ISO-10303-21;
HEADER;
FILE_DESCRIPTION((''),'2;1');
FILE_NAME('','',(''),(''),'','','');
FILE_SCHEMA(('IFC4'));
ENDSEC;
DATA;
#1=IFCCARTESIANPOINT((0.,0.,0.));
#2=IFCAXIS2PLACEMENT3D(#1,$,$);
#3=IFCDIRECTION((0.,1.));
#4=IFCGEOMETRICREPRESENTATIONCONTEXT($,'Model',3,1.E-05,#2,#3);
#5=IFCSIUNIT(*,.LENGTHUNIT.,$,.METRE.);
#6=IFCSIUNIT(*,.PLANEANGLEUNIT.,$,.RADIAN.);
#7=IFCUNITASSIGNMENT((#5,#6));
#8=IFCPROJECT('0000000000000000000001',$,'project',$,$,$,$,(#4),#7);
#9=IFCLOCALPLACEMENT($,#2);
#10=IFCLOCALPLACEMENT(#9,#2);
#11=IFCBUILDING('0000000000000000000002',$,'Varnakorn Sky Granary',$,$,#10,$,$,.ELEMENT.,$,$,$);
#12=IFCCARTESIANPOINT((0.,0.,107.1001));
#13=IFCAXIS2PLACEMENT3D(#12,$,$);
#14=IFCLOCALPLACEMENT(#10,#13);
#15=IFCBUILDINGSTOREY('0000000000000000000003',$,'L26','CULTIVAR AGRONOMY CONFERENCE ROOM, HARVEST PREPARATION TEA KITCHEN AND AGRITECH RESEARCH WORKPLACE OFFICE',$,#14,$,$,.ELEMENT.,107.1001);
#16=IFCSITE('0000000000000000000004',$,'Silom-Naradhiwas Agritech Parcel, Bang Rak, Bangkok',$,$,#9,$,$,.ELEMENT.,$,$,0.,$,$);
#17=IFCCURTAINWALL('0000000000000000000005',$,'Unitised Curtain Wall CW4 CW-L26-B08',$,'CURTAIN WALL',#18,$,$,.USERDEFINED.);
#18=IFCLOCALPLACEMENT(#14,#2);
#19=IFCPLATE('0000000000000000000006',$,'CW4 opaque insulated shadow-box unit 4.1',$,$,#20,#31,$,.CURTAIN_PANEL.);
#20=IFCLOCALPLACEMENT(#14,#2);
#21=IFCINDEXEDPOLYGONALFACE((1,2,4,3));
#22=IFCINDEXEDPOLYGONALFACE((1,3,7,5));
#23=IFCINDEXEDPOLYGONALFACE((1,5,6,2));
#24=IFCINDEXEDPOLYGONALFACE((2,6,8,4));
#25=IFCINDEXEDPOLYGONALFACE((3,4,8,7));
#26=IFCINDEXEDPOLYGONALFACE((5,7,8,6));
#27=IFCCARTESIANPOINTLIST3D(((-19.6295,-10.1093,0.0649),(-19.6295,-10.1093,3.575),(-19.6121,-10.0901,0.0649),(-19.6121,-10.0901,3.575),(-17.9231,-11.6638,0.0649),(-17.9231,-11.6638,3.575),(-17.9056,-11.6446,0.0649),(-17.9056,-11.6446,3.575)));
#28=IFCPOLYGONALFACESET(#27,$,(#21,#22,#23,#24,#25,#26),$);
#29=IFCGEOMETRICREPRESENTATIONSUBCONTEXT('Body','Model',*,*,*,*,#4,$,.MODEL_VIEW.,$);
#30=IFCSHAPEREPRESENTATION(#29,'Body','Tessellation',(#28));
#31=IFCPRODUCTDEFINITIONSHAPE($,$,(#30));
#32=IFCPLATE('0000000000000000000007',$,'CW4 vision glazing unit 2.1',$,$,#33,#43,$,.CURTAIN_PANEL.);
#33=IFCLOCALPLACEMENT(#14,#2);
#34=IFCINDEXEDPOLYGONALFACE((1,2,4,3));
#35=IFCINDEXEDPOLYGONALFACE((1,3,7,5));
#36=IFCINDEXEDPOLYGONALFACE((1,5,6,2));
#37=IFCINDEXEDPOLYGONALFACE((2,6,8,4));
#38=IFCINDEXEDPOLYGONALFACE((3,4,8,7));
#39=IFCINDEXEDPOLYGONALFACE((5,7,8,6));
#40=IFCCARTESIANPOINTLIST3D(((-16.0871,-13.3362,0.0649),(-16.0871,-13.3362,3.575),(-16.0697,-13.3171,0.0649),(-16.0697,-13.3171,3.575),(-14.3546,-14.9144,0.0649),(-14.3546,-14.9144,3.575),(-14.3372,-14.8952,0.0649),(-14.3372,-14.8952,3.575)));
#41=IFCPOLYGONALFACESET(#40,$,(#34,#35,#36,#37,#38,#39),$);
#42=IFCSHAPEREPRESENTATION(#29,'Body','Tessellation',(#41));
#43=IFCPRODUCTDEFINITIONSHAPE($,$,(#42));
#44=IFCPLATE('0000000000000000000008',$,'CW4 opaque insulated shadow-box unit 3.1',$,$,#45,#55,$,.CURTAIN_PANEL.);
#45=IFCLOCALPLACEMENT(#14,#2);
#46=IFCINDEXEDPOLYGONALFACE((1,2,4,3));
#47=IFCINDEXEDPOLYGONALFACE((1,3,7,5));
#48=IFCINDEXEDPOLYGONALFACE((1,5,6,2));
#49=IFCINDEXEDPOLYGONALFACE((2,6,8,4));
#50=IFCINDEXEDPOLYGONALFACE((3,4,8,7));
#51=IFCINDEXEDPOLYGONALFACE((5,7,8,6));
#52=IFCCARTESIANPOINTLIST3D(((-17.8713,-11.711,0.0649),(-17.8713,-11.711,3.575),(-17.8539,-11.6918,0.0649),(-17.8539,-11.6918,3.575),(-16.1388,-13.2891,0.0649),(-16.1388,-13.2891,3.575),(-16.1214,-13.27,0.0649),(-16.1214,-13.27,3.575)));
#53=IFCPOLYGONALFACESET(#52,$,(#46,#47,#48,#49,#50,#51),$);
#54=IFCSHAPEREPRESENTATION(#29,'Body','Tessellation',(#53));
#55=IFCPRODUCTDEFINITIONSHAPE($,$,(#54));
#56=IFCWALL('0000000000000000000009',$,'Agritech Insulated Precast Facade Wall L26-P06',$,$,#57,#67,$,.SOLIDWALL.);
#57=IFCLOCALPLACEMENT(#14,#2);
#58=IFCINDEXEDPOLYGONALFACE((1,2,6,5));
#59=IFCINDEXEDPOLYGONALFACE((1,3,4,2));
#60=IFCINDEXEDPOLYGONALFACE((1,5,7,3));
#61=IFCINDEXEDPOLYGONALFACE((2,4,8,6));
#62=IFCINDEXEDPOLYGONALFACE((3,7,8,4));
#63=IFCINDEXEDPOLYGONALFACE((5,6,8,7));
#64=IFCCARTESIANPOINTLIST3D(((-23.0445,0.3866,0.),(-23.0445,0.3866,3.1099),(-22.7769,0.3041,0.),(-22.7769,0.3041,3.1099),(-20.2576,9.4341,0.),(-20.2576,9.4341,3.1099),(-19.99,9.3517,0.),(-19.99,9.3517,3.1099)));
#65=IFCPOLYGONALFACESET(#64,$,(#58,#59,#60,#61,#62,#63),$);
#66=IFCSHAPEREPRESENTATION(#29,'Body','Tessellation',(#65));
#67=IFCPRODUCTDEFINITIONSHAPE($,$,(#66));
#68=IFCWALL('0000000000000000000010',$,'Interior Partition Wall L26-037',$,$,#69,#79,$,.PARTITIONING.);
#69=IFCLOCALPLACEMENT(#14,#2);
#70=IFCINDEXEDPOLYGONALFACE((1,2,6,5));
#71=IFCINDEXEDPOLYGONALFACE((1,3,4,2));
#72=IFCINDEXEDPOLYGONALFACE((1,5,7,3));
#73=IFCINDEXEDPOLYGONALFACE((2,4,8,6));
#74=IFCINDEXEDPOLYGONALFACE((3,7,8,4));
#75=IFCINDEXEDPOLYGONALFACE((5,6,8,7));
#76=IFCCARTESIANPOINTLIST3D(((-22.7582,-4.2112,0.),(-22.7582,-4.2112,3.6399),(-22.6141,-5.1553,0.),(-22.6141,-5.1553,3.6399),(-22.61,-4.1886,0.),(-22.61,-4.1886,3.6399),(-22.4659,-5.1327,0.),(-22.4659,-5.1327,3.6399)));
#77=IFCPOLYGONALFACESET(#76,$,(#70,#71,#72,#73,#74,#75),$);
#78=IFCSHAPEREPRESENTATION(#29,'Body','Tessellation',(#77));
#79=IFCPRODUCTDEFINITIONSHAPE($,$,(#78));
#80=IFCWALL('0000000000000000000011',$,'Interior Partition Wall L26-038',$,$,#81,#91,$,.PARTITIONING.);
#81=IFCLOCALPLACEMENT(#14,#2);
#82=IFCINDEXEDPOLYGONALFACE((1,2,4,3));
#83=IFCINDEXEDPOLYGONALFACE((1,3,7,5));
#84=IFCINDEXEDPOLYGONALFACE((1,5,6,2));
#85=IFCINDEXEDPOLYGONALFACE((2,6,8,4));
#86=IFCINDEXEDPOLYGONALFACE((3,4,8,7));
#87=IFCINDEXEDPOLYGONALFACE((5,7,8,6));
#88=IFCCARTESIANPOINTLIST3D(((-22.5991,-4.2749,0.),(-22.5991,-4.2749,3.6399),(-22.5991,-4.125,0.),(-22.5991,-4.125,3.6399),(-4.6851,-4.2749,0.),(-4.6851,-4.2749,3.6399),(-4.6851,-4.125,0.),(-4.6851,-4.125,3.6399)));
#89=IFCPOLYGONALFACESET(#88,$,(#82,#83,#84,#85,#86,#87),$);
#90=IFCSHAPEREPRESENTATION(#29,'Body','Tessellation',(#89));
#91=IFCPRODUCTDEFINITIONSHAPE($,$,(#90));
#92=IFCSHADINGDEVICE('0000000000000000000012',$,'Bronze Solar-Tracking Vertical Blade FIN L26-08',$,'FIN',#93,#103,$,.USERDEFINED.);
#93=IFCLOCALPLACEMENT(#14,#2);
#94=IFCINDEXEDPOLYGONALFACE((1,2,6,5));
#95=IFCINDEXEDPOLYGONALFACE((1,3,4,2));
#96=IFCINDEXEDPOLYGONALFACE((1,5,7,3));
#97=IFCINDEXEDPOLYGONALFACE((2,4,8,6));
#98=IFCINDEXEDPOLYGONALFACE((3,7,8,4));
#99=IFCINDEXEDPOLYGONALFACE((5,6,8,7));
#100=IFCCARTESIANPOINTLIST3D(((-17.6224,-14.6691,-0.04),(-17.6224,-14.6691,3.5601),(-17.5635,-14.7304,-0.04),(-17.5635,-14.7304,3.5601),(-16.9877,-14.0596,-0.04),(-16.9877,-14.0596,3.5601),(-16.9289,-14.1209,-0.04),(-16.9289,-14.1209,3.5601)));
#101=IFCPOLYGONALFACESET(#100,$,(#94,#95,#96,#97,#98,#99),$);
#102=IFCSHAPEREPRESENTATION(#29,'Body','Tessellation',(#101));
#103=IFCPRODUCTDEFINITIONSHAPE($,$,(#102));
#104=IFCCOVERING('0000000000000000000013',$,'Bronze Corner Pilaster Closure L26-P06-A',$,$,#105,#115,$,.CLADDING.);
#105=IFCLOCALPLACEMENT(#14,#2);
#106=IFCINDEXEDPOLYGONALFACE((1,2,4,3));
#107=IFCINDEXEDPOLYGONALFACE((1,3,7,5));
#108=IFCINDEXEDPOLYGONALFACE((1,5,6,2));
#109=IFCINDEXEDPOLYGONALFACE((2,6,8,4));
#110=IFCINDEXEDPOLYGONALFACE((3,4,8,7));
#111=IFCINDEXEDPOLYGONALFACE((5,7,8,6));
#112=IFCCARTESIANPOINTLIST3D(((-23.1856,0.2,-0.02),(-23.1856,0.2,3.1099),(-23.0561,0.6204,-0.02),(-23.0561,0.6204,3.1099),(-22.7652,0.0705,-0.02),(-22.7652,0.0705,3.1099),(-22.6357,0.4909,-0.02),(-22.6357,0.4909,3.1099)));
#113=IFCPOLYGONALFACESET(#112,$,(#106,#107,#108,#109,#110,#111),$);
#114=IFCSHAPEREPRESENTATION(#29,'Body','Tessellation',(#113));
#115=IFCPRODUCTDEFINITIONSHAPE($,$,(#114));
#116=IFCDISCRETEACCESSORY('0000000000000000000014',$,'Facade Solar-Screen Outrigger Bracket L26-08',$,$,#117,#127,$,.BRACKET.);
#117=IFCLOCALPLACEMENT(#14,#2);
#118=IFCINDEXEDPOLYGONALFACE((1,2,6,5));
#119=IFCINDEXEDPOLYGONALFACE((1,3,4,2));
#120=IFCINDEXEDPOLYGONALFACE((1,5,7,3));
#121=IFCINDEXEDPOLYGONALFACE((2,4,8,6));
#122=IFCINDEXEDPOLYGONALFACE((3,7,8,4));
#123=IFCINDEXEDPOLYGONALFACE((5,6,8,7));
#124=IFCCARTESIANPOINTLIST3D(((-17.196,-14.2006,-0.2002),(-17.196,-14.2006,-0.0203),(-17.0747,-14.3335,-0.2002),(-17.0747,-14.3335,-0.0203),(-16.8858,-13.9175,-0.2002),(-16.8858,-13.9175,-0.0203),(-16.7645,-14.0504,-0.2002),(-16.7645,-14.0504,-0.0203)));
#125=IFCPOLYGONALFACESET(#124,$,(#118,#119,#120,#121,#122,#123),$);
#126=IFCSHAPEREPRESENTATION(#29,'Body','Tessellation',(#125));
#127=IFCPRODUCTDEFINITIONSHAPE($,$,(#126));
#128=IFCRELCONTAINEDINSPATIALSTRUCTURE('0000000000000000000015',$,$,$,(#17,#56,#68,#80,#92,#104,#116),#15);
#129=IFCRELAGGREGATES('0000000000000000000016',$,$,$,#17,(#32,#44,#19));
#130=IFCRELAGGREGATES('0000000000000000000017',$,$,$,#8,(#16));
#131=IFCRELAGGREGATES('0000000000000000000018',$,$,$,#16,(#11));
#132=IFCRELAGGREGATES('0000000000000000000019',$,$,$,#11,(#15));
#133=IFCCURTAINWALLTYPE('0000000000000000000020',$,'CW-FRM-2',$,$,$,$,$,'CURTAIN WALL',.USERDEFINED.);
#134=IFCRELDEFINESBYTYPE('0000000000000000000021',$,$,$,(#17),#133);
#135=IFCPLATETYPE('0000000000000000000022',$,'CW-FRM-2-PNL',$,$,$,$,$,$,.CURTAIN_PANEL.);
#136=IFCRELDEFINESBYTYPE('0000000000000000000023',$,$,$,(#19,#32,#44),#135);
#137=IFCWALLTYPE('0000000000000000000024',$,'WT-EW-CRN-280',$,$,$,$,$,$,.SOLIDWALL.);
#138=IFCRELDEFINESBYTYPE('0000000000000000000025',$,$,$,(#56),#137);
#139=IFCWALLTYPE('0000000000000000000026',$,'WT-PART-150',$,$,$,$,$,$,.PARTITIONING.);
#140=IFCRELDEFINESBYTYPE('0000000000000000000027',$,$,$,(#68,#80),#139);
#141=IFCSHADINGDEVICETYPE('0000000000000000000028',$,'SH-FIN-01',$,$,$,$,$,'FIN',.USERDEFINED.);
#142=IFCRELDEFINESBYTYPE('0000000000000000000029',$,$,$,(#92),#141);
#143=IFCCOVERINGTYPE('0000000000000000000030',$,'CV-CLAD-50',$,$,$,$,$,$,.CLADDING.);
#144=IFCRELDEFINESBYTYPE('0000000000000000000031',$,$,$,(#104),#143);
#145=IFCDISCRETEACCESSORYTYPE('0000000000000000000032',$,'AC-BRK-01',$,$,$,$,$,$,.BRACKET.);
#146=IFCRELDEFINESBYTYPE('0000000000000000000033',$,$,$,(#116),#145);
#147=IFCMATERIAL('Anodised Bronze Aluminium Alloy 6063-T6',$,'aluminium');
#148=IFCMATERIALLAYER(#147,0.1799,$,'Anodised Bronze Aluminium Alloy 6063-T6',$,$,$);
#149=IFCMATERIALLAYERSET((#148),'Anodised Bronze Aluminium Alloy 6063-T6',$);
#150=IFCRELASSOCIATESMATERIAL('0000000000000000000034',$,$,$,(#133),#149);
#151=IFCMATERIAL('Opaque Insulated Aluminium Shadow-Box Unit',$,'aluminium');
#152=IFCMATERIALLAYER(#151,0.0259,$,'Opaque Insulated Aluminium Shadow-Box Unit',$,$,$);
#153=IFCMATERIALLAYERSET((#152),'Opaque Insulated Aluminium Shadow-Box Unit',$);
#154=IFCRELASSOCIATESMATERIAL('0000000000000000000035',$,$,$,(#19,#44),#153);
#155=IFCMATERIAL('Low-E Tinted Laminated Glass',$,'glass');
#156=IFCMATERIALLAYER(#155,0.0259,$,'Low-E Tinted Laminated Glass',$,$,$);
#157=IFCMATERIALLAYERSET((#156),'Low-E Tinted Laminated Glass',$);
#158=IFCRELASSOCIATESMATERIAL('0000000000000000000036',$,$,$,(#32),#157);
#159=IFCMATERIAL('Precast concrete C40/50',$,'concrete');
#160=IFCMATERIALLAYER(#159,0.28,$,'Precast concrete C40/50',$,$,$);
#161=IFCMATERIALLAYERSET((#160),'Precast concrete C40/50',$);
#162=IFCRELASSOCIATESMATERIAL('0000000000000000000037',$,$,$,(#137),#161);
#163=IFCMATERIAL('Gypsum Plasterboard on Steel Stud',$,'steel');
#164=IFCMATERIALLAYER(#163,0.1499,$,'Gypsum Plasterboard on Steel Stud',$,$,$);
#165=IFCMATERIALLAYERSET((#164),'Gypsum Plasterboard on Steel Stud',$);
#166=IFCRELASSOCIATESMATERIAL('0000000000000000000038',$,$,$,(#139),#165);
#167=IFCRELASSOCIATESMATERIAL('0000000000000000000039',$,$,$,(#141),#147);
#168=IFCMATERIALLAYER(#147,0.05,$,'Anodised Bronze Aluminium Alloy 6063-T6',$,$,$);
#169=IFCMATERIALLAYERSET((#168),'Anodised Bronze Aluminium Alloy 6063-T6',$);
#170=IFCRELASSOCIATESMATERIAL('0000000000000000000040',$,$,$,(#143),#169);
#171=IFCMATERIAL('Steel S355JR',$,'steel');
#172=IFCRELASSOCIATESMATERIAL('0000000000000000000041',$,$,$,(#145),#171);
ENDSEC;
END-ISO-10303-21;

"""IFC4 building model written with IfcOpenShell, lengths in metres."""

from ifc_helpers import new_model, si_unit, direction, frame, frame_2d, origin, origin_2d, place, context, subcontext, project, spatial, rectangle, extrude, source, transform, mapped, material, layer, layer_set, type_object, type_shapes, element, aggregate, save


model = new_model("IFC4")

# Units and contexts
model_context = context("Model", 3, precision=1e-05, world=origin(), true_north=direction((0.0, 1.0)))
body_context = subcontext(model_context, "Body", "Model", "MODEL_VIEW")
ifc_project = project(units=[si_unit("LENGTHUNIT", "METRE"), si_unit("PLANEANGLEUNIT", "RADIAN")], contexts=[model_context])

# Site, building, storey
site_placement = place(None, origin())
site = spatial("IfcSite", under=ifc_project, at=site_placement, Name="Silom-Naradhiwas Agritech Parcel, Bang Rak, Bangkok", CompositionType="ELEMENT", RefElevation=0.0)
building_placement = place(site_placement, origin())
building = spatial("IfcBuilding", under=site, at=building_placement, Name="Varnakorn Sky Granary", CompositionType="ELEMENT")
storey_placement = place(building_placement, frame((0.0, 0.0, 107.1001)))
storey = spatial("IfcBuildingStorey", under=building, at=storey_placement, Name="L26", Description="CULTIVAR AGRONOMY CONFERENCE ROOM, HARVEST PREPARATION TEA KITCHEN AND AGRITECH RESEARCH WORKPLACE OFFICE", CompositionType="ELEMENT", Elevation=107.1001)

# Shared definitions
ifc_material_1 = material(Name="Steel S355JR", Category="steel")

# Curtain wall
ifc_material_2 = material(Name="Anodised Bronze Aluminium Alloy 6063-T6", Category="aluminium")
ifc_layer_1 = layer(ifc_material_2, 0.1799, Name="Anodised Bronze Aluminium Alloy 6063-T6")
ifc_layer_set_1 = layer_set([ifc_layer_1], Name="Anodised Bronze Aluminium Alloy 6063-T6")
curtain_wall_type = type_object("IfcCurtainWallType", Name="CW-FRM-2", ElementType="CURTAIN WALL", PredefinedType="USERDEFINED", material=ifc_layer_set_1)
curtain_wall_1_placement = place(storey_placement, origin())
curtain_wall_1 = element("IfcCurtainWall", 1, at=curtain_wall_1_placement, inside=storey, type_object=curtain_wall_type, Name="Unitised Curtain Wall CW4 CW-L26-B08", ObjectType="CURTAIN WALL", PredefinedType="USERDEFINED")

# Plates
ifc_material_3 = material(Name="Opaque Insulated Aluminium Shadow-Box Unit", Category="aluminium")
ifc_layer_2 = layer(ifc_material_3, 0.0259, Name="Opaque Insulated Aluminium Shadow-Box Unit")
ifc_layer_set_2 = layer_set([ifc_layer_2], Name="Opaque Insulated Aluminium Shadow-Box Unit")
plate_type = type_object("IfcPlateType", Name="CW-FRM-2-PNL", PredefinedType="CURTAIN_PANEL")
ifc_material_4 = material(Name="Low-E Tinted Laminated Glass", Category="glass")
ifc_layer_3 = layer(ifc_material_4, 0.0259, Name="Low-E Tinted Laminated Glass")
ifc_layer_set_3 = layer_set([ifc_layer_3], Name="Low-E Tinted Laminated Glass")
shared_shape_1 = source(origin(), body_context, "Body", "SweptSolid", [
    extrude(rectangle(XDim=2.3083, YDim=0.0259, at=origin_2d()), origin(), (0.0, 0.0, 1.0), 3.51),
])
plate_1_placement = place(storey_placement, frame((-18.7676, -10.877, 0.0649), z_axis=(0.0, 0.0, 1.0), x_axis=(-0.739265, 0.673414, 0.0)))
plate_1 = element("IfcPlate", 2, at=plate_1_placement, type_object=plate_type, material=ifc_layer_set_2, Name="CW4 opaque insulated shadow-box unit 4.1", PredefinedType="CURTAIN_PANEL", context=body_context, shape_type="MappedRepresentation", body=[
    mapped(shared_shape_1, transform((0.0, 0.0, 0.0), x_axis=(1.0, 0.0, 0.0), y_axis=(0.0, 1.0, 0.0), z_axis=(0.0, 0.0, 1.0), scale=1.0)),
])
shared_shape_2 = source(origin(), body_context, "Body", "SweptSolid", [
    extrude(rectangle(XDim=2.3435, YDim=0.0259, at=origin_2d()), origin(), (0.0, 0.0, 1.0), 3.51),
])
plate_2_placement = place(storey_placement, frame((-15.2122, -14.1157, 0.0649), z_axis=(0.0, 0.0, 1.0), x_axis=(-0.739265, 0.673414, 0.0)))
plate_2 = element("IfcPlate", 3, at=plate_2_placement, type_object=plate_type, material=ifc_layer_set_3, Name="CW4 vision glazing unit 2.1", PredefinedType="CURTAIN_PANEL", context=body_context, shape_type="MappedRepresentation", body=[
    mapped(shared_shape_2, transform((0.0, 0.0, 0.0), x_axis=(1.0, 0.0, 0.0), y_axis=(0.0, 1.0, 0.0), z_axis=(0.0, 0.0, 1.0), scale=1.0)),
])
plate_3_placement = place(storey_placement, frame((-16.9963, -12.4905, 0.0649), z_axis=(0.0, 0.0, 1.0), x_axis=(-0.739265, 0.673414, 0.0)))
plate_3 = element("IfcPlate", 4, at=plate_3_placement, type_object=plate_type, material=ifc_layer_set_2, Name="CW4 opaque insulated shadow-box unit 3.1", PredefinedType="CURTAIN_PANEL", context=body_context, shape_type="MappedRepresentation", body=[
    mapped(shared_shape_2, transform((0.0, 0.0, 0.0), x_axis=(1.0, 0.0, 0.0), y_axis=(0.0, 1.0, 0.0), z_axis=(0.0, 0.0, 1.0), scale=1.0)),
])
aggregate(curtain_wall_1, [plate_2, plate_3, plate_1])

# Walls
ifc_material_5 = material(Name="Precast concrete C40/50", Category="concrete")
ifc_layer_4 = layer(ifc_material_5, 0.28, Name="Precast concrete C40/50")
ifc_layer_set_4 = layer_set([ifc_layer_4], Name="Precast concrete C40/50")
wall_type_1 = type_object("IfcWallType", Name="WT-EW-CRN-280", PredefinedType="SOLIDWALL", material=ifc_layer_set_4)
wall_1_placement = place(storey_placement, frame((-22.9106, 0.3455, 0.0), z_axis=(0.0, 0.0, 1.0), x_axis=(0.294374, 0.95569, 0.0)))
element("IfcWall", 5, at=wall_1_placement, inside=storey, type_object=wall_type_1, Name="Agritech Insulated Precast Facade Wall L26-P06", PredefinedType="SOLIDWALL", context=body_context, shape_type="SweptSolid", body=[
    extrude(rectangle(XDim=9.467, YDim=0.28, at=frame_2d((4.7334, 0.0))), origin(), (0.0, 0.0, 1.0), 3.1099),
])
ifc_material_6 = material(Name="Gypsum Plasterboard on Steel Stud", Category="steel")
ifc_layer_5 = layer(ifc_material_6, 0.1499, Name="Gypsum Plasterboard on Steel Stud")
ifc_layer_set_5 = layer_set([ifc_layer_5], Name="Gypsum Plasterboard on Steel Stud")
wall_type_2 = type_object("IfcWallType", Name="WT-PART-150", PredefinedType="PARTITIONING", material=ifc_layer_set_5)
wall_2_placement = place(storey_placement, frame((-22.54, -5.144, 0.0), z_axis=(0.0, 0.0, 1.0), x_axis=(-0.150828, 0.98856, 0.0)))
element("IfcWall", 6, at=wall_2_placement, inside=storey, type_object=wall_type_2, Name="Interior Partition Wall L26-037", PredefinedType="PARTITIONING", context=body_context, shape_type="SweptSolid", body=[
    extrude(rectangle(XDim=0.9551, YDim=0.1499, at=frame_2d((0.4775, 0.0))), origin(), (0.0, 0.0, 1.0), 3.6399),
])
wall_3_placement = place(storey_placement, frame((-22.5991, -4.2, 0.0), z_axis=(0.0, 0.0, 1.0), x_axis=(1.0, 0.0, 0.0)))
element("IfcWall", 7, at=wall_3_placement, inside=storey, type_object=wall_type_2, Name="Interior Partition Wall L26-038", PredefinedType="PARTITIONING", context=body_context, shape_type="SweptSolid", body=[
    extrude(rectangle(XDim=17.9141, YDim=0.1499, at=frame_2d((8.957, 0.0))), origin(), (0.0, 0.0, 1.0), 3.6399),
])

# Shading device
shading_device_type = type_object("IfcShadingDeviceType", Name="SH-FIN-01", ElementType="FIN", PredefinedType="USERDEFINED", material=ifc_material_2)
shared_shape_3 = source(origin(), body_context, "Body", "SweptSolid", [
    extrude(rectangle(XDim=0.085, YDim=0.8799, at=origin_2d()), origin(), (0.0, 0.0, 1.0), 3.6001),
])
type_shapes(shading_device_type, [shared_shape_3])
shading_device_placement = place(storey_placement, frame((-17.2756, -14.395, -0.04), z_axis=(0.0, 0.0, 1.0), x_axis=(0.692662, -0.721262, 0.0)))
element("IfcShadingDevice", 8, at=shading_device_placement, inside=storey, type_object=shading_device_type, Name="Bronze Solar-Tracking Vertical Blade FIN L26-08", ObjectType="FIN", PredefinedType="USERDEFINED", context=body_context, shape_type="MappedRepresentation", body=[
    mapped(shared_shape_3, transform((0.0, 0.0, 0.0), x_axis=(1.0, 0.0, 0.0), y_axis=(0.0, 1.0, 0.0), z_axis=(0.0, 0.0, 1.0), scale=1.0)),
])

# Covering
ifc_layer_6 = layer(ifc_material_2, 0.05, Name="Anodised Bronze Aluminium Alloy 6063-T6")
ifc_layer_set_6 = layer_set([ifc_layer_6], Name="Anodised Bronze Aluminium Alloy 6063-T6")
covering_type = type_object("IfcCoveringType", Name="CV-CLAD-50", PredefinedType="CLADDING", material=ifc_layer_set_6)
shared_shape_4 = source(origin(), body_context, "Body", "SweptSolid", [
    extrude(rectangle(XDim=0.4399, YDim=0.4399, at=origin_2d()), origin(), (0.0, 0.0, 1.0), 3.1299),
])
type_shapes(covering_type, [shared_shape_4])
covering_placement = place(storey_placement, frame((-22.9106, 0.3455, -0.02), z_axis=(0.0, 0.0, 1.0), x_axis=(0.294374, 0.95569, 0.0)))
element("IfcCovering", 9, at=covering_placement, inside=storey, type_object=covering_type, Name="Bronze Corner Pilaster Closure L26-P06-A", PredefinedType="CLADDING", context=body_context, shape_type="MappedRepresentation", body=[
    mapped(shared_shape_4, transform((0.0, 0.0, 0.0), x_axis=(1.0, 0.0, 0.0), y_axis=(0.0, 1.0, 0.0), z_axis=(0.0, 0.0, 1.0), scale=1.0)),
])

# Discrete accessory
discrete_accessory_type = type_object("IfcDiscreteAccessoryType", Name="AC-BRK-01", PredefinedType="BRACKET", material=ifc_material_1)
shared_shape_5 = source(origin(), body_context, "Body", "SweptSolid", [
    extrude(rectangle(XDim=0.1799, YDim=0.4199, at=origin_2d()), origin(), (0.0, 0.0, 1.0), 0.1799),
])
type_shapes(discrete_accessory_type, [shared_shape_5])
discrete_accessory_placement = place(storey_placement, frame((-16.9802, -14.1255, -0.2002), z_axis=(0.0, 0.0, 1.0), x_axis=(0.674044, -0.738691, 0.0)))
element("IfcDiscreteAccessory", 10, at=discrete_accessory_placement, inside=storey, type_object=discrete_accessory_type, Name="Facade Solar-Screen Outrigger Bracket L26-08", PredefinedType="BRACKET", context=body_context, shape_type="MappedRepresentation", body=[
    mapped(shared_shape_5, transform((0.0, 0.0, 0.0), x_axis=(1.0, 0.0, 0.0), y_axis=(0.0, 1.0, 0.0), z_axis=(0.0, 0.0, 1.0), scale=1.0)),
])

save(model, "model.ifc")
